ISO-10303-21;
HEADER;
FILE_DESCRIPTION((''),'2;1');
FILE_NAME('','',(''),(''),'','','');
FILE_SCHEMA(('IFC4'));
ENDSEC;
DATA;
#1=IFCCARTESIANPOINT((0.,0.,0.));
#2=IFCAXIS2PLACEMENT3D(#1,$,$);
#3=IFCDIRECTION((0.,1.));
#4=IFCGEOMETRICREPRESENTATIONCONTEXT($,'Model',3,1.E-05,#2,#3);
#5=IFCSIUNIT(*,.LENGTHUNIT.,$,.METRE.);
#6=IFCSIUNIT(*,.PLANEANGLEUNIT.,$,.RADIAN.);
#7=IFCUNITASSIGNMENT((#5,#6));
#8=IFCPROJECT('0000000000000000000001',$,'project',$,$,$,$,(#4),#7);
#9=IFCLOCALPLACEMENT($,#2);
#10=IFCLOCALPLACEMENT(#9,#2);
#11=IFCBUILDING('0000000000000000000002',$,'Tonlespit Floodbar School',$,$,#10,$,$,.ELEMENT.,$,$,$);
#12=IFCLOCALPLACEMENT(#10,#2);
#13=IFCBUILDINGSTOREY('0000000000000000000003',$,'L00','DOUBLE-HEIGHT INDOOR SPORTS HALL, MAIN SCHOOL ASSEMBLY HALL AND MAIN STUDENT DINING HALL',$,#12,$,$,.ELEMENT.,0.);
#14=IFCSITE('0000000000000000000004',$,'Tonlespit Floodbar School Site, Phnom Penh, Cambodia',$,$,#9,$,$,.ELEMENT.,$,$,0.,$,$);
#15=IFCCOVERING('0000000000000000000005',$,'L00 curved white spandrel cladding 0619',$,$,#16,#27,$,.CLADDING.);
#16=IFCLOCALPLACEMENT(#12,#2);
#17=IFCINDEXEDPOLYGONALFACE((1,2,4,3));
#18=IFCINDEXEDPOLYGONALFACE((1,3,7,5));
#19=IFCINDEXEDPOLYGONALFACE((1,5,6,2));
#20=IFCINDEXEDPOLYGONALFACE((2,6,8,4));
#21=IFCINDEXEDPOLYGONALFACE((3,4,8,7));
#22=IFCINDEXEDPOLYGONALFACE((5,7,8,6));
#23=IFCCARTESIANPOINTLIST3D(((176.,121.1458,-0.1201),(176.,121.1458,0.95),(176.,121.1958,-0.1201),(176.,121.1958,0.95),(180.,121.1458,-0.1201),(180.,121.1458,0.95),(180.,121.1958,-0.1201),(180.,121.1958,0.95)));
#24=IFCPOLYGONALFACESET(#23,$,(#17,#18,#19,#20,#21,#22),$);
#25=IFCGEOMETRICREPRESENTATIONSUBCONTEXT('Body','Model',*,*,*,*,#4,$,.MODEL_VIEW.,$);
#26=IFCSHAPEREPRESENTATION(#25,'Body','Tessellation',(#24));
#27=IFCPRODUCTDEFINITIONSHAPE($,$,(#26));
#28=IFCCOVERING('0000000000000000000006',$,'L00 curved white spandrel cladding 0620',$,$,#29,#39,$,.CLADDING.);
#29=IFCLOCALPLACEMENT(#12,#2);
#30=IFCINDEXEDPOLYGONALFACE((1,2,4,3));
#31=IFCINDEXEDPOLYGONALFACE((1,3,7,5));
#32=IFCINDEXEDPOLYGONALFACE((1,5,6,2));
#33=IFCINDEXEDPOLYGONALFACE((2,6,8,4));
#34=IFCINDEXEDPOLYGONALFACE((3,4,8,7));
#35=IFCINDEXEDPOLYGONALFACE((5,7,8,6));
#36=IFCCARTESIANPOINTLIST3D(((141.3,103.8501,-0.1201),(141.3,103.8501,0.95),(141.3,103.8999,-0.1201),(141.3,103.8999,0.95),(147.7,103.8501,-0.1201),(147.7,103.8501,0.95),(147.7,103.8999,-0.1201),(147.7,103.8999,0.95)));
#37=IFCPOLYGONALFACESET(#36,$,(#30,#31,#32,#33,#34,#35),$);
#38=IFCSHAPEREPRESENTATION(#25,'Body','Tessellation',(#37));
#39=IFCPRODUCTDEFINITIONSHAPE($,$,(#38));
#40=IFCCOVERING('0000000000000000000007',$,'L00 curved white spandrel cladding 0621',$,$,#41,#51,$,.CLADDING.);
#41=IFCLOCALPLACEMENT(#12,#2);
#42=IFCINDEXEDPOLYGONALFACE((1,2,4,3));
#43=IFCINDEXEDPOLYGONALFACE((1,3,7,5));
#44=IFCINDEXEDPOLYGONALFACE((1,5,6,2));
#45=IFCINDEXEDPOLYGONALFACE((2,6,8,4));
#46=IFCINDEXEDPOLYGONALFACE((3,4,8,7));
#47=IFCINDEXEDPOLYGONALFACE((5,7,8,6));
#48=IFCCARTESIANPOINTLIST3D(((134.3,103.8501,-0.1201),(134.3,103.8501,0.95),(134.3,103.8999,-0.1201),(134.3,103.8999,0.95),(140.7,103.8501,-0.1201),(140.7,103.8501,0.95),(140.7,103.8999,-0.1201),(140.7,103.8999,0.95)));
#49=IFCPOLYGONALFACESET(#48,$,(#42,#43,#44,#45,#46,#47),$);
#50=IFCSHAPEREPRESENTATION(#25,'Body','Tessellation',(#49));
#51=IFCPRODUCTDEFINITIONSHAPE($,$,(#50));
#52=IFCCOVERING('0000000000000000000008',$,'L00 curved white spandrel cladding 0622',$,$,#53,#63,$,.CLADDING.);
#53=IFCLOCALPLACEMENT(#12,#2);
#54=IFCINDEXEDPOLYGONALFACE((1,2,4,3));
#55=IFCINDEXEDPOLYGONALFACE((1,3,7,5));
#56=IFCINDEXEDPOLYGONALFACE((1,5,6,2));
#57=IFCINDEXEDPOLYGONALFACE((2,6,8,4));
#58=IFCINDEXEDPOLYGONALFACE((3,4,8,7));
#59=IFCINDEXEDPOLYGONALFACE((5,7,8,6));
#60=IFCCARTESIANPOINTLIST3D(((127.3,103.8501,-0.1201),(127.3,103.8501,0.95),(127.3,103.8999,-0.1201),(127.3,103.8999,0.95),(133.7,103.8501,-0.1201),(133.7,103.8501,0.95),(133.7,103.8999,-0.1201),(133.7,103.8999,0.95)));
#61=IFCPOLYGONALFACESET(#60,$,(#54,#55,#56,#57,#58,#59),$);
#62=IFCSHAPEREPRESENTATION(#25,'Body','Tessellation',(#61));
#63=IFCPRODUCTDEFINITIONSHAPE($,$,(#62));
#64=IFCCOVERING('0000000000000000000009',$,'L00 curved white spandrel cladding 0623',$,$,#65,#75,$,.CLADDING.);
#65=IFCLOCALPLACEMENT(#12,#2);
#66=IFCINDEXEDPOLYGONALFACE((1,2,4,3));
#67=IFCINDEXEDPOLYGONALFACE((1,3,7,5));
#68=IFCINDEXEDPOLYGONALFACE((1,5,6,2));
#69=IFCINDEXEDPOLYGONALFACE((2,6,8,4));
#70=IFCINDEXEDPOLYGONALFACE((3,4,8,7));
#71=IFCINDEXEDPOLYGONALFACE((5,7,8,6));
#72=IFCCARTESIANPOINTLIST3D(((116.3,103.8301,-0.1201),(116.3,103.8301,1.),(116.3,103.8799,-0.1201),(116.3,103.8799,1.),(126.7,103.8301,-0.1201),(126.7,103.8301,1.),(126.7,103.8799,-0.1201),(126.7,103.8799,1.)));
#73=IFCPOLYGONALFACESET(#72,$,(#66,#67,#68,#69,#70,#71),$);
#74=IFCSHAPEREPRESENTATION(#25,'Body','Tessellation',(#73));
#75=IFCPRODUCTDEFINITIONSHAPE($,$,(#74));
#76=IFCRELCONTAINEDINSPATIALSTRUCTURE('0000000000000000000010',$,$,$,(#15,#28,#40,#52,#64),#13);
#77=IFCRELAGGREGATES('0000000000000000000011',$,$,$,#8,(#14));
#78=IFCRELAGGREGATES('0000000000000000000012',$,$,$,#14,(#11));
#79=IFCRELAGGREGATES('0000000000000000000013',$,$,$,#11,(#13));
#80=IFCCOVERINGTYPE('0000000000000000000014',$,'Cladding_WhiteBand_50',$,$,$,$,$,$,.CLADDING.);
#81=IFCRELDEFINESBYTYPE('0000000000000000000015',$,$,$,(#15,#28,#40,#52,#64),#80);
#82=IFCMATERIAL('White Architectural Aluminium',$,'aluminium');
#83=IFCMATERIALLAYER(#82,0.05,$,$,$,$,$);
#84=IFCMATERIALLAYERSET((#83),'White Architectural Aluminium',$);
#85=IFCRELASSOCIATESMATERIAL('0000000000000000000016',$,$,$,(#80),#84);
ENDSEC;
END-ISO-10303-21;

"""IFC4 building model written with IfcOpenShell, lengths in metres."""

from ifc_helpers import new_model, si_unit, direction, frame, origin, place, context, subcontext, project, spatial, polyline, outline, extrude, material, layer, layer_set, type_object, element, save


model = new_model("IFC4")

# Units and contexts
model_context = context("Model", 3, precision=1e-05, world=origin(), true_north=direction((0.0, 1.0)))
body_context = subcontext(model_context, "Body", "Model", "MODEL_VIEW")
ifc_project = project(units=[si_unit("LENGTHUNIT", "METRE"), si_unit("PLANEANGLEUNIT", "RADIAN")], contexts=[model_context])

# Site, building, storey
site_placement = place(None, origin())
site = spatial("IfcSite", under=ifc_project, at=site_placement, Name="Tonlespit Floodbar School Site, Phnom Penh, Cambodia", CompositionType="ELEMENT", RefElevation=0.0)
building_placement = place(site_placement, origin())
building = spatial("IfcBuilding", under=site, at=building_placement, Name="Tonlespit Floodbar School", CompositionType="ELEMENT")
storey_placement = place(building_placement, origin())
storey = spatial("IfcBuildingStorey", under=building, at=storey_placement, Name="L00", Description="DOUBLE-HEIGHT INDOOR SPORTS HALL, MAIN SCHOOL ASSEMBLY HALL AND MAIN STUDENT DINING HALL", CompositionType="ELEMENT", Elevation=0.0)

# Coverings
ifc_material = material(Name="White Architectural Aluminium", Category="aluminium")
ifc_layer = layer(ifc_material, 0.05)
ifc_layer_set = layer_set([ifc_layer], Name="White Architectural Aluminium")
covering_type = type_object("IfcCoveringType", Name="Cladding_WhiteBand_50", PredefinedType="CLADDING", material=ifc_layer_set)
covering_1_placement = place(storey_placement, frame((0.0, 0.0, -0.1201)))
element("IfcCovering", 1, at=covering_1_placement, inside=storey, type_object=covering_type, Name="L00 curved white spandrel cladding 0619", PredefinedType="CLADDING", context=body_context, shape_type="SweptSolid", body=[
    extrude(outline(polyline([(176.0, 121.1458), (180.0, 121.1458), (180.0, 121.1958), (176.0, 121.1958), (176.0, 121.1458)])), origin(), (0.0, 0.0, 1.0), 1.0701),
])
covering_2_placement = place(storey_placement, frame((0.0, 0.0, -0.1201)))
element("IfcCovering", 2, at=covering_2_placement, inside=storey, type_object=covering_type, Name="L00 curved white spandrel cladding 0620", PredefinedType="CLADDING", context=body_context, shape_type="SweptSolid", body=[
    extrude(outline(polyline([(147.7, 103.8999), (141.3, 103.8999), (141.3, 103.8501), (147.7, 103.8501), (147.7, 103.8999)])), origin(), (0.0, 0.0, 1.0), 1.0701),
])
covering_3_placement = place(storey_placement, frame((0.0, 0.0, -0.1201)))
element("IfcCovering", 3, at=covering_3_placement, inside=storey, type_object=covering_type, Name="L00 curved white spandrel cladding 0621", PredefinedType="CLADDING", context=body_context, shape_type="SweptSolid", body=[
    extrude(outline(polyline([(140.7, 103.8999), (134.3, 103.8999), (134.3, 103.8501), (140.7, 103.8501), (140.7, 103.8999)])), origin(), (0.0, 0.0, 1.0), 1.0701),
])
covering_4_placement = place(storey_placement, frame((0.0, 0.0, -0.1201)))
element("IfcCovering", 4, at=covering_4_placement, inside=storey, type_object=covering_type, Name="L00 curved white spandrel cladding 0622", PredefinedType="CLADDING", context=body_context, shape_type="SweptSolid", body=[
    extrude(outline(polyline([(133.7, 103.8999), (127.3, 103.8999), (127.3, 103.8501), (133.7, 103.8501), (133.7, 103.8999)])), origin(), (0.0, 0.0, 1.0), 1.0701),
])
covering_5_placement = place(storey_placement, frame((0.0, 0.0, -0.1201)))
element("IfcCovering", 5, at=covering_5_placement, inside=storey, type_object=covering_type, Name="L00 curved white spandrel cladding 0623", PredefinedType="CLADDING", context=body_context, shape_type="SweptSolid", body=[
    extrude(outline(polyline([(126.7, 103.8799), (116.3, 103.8799), (116.3, 103.8301), (126.7, 103.8301), (126.7, 103.8799)])), origin(), (0.0, 0.0, 1.0), 1.1201),
])

save(model, "model.ifc")
